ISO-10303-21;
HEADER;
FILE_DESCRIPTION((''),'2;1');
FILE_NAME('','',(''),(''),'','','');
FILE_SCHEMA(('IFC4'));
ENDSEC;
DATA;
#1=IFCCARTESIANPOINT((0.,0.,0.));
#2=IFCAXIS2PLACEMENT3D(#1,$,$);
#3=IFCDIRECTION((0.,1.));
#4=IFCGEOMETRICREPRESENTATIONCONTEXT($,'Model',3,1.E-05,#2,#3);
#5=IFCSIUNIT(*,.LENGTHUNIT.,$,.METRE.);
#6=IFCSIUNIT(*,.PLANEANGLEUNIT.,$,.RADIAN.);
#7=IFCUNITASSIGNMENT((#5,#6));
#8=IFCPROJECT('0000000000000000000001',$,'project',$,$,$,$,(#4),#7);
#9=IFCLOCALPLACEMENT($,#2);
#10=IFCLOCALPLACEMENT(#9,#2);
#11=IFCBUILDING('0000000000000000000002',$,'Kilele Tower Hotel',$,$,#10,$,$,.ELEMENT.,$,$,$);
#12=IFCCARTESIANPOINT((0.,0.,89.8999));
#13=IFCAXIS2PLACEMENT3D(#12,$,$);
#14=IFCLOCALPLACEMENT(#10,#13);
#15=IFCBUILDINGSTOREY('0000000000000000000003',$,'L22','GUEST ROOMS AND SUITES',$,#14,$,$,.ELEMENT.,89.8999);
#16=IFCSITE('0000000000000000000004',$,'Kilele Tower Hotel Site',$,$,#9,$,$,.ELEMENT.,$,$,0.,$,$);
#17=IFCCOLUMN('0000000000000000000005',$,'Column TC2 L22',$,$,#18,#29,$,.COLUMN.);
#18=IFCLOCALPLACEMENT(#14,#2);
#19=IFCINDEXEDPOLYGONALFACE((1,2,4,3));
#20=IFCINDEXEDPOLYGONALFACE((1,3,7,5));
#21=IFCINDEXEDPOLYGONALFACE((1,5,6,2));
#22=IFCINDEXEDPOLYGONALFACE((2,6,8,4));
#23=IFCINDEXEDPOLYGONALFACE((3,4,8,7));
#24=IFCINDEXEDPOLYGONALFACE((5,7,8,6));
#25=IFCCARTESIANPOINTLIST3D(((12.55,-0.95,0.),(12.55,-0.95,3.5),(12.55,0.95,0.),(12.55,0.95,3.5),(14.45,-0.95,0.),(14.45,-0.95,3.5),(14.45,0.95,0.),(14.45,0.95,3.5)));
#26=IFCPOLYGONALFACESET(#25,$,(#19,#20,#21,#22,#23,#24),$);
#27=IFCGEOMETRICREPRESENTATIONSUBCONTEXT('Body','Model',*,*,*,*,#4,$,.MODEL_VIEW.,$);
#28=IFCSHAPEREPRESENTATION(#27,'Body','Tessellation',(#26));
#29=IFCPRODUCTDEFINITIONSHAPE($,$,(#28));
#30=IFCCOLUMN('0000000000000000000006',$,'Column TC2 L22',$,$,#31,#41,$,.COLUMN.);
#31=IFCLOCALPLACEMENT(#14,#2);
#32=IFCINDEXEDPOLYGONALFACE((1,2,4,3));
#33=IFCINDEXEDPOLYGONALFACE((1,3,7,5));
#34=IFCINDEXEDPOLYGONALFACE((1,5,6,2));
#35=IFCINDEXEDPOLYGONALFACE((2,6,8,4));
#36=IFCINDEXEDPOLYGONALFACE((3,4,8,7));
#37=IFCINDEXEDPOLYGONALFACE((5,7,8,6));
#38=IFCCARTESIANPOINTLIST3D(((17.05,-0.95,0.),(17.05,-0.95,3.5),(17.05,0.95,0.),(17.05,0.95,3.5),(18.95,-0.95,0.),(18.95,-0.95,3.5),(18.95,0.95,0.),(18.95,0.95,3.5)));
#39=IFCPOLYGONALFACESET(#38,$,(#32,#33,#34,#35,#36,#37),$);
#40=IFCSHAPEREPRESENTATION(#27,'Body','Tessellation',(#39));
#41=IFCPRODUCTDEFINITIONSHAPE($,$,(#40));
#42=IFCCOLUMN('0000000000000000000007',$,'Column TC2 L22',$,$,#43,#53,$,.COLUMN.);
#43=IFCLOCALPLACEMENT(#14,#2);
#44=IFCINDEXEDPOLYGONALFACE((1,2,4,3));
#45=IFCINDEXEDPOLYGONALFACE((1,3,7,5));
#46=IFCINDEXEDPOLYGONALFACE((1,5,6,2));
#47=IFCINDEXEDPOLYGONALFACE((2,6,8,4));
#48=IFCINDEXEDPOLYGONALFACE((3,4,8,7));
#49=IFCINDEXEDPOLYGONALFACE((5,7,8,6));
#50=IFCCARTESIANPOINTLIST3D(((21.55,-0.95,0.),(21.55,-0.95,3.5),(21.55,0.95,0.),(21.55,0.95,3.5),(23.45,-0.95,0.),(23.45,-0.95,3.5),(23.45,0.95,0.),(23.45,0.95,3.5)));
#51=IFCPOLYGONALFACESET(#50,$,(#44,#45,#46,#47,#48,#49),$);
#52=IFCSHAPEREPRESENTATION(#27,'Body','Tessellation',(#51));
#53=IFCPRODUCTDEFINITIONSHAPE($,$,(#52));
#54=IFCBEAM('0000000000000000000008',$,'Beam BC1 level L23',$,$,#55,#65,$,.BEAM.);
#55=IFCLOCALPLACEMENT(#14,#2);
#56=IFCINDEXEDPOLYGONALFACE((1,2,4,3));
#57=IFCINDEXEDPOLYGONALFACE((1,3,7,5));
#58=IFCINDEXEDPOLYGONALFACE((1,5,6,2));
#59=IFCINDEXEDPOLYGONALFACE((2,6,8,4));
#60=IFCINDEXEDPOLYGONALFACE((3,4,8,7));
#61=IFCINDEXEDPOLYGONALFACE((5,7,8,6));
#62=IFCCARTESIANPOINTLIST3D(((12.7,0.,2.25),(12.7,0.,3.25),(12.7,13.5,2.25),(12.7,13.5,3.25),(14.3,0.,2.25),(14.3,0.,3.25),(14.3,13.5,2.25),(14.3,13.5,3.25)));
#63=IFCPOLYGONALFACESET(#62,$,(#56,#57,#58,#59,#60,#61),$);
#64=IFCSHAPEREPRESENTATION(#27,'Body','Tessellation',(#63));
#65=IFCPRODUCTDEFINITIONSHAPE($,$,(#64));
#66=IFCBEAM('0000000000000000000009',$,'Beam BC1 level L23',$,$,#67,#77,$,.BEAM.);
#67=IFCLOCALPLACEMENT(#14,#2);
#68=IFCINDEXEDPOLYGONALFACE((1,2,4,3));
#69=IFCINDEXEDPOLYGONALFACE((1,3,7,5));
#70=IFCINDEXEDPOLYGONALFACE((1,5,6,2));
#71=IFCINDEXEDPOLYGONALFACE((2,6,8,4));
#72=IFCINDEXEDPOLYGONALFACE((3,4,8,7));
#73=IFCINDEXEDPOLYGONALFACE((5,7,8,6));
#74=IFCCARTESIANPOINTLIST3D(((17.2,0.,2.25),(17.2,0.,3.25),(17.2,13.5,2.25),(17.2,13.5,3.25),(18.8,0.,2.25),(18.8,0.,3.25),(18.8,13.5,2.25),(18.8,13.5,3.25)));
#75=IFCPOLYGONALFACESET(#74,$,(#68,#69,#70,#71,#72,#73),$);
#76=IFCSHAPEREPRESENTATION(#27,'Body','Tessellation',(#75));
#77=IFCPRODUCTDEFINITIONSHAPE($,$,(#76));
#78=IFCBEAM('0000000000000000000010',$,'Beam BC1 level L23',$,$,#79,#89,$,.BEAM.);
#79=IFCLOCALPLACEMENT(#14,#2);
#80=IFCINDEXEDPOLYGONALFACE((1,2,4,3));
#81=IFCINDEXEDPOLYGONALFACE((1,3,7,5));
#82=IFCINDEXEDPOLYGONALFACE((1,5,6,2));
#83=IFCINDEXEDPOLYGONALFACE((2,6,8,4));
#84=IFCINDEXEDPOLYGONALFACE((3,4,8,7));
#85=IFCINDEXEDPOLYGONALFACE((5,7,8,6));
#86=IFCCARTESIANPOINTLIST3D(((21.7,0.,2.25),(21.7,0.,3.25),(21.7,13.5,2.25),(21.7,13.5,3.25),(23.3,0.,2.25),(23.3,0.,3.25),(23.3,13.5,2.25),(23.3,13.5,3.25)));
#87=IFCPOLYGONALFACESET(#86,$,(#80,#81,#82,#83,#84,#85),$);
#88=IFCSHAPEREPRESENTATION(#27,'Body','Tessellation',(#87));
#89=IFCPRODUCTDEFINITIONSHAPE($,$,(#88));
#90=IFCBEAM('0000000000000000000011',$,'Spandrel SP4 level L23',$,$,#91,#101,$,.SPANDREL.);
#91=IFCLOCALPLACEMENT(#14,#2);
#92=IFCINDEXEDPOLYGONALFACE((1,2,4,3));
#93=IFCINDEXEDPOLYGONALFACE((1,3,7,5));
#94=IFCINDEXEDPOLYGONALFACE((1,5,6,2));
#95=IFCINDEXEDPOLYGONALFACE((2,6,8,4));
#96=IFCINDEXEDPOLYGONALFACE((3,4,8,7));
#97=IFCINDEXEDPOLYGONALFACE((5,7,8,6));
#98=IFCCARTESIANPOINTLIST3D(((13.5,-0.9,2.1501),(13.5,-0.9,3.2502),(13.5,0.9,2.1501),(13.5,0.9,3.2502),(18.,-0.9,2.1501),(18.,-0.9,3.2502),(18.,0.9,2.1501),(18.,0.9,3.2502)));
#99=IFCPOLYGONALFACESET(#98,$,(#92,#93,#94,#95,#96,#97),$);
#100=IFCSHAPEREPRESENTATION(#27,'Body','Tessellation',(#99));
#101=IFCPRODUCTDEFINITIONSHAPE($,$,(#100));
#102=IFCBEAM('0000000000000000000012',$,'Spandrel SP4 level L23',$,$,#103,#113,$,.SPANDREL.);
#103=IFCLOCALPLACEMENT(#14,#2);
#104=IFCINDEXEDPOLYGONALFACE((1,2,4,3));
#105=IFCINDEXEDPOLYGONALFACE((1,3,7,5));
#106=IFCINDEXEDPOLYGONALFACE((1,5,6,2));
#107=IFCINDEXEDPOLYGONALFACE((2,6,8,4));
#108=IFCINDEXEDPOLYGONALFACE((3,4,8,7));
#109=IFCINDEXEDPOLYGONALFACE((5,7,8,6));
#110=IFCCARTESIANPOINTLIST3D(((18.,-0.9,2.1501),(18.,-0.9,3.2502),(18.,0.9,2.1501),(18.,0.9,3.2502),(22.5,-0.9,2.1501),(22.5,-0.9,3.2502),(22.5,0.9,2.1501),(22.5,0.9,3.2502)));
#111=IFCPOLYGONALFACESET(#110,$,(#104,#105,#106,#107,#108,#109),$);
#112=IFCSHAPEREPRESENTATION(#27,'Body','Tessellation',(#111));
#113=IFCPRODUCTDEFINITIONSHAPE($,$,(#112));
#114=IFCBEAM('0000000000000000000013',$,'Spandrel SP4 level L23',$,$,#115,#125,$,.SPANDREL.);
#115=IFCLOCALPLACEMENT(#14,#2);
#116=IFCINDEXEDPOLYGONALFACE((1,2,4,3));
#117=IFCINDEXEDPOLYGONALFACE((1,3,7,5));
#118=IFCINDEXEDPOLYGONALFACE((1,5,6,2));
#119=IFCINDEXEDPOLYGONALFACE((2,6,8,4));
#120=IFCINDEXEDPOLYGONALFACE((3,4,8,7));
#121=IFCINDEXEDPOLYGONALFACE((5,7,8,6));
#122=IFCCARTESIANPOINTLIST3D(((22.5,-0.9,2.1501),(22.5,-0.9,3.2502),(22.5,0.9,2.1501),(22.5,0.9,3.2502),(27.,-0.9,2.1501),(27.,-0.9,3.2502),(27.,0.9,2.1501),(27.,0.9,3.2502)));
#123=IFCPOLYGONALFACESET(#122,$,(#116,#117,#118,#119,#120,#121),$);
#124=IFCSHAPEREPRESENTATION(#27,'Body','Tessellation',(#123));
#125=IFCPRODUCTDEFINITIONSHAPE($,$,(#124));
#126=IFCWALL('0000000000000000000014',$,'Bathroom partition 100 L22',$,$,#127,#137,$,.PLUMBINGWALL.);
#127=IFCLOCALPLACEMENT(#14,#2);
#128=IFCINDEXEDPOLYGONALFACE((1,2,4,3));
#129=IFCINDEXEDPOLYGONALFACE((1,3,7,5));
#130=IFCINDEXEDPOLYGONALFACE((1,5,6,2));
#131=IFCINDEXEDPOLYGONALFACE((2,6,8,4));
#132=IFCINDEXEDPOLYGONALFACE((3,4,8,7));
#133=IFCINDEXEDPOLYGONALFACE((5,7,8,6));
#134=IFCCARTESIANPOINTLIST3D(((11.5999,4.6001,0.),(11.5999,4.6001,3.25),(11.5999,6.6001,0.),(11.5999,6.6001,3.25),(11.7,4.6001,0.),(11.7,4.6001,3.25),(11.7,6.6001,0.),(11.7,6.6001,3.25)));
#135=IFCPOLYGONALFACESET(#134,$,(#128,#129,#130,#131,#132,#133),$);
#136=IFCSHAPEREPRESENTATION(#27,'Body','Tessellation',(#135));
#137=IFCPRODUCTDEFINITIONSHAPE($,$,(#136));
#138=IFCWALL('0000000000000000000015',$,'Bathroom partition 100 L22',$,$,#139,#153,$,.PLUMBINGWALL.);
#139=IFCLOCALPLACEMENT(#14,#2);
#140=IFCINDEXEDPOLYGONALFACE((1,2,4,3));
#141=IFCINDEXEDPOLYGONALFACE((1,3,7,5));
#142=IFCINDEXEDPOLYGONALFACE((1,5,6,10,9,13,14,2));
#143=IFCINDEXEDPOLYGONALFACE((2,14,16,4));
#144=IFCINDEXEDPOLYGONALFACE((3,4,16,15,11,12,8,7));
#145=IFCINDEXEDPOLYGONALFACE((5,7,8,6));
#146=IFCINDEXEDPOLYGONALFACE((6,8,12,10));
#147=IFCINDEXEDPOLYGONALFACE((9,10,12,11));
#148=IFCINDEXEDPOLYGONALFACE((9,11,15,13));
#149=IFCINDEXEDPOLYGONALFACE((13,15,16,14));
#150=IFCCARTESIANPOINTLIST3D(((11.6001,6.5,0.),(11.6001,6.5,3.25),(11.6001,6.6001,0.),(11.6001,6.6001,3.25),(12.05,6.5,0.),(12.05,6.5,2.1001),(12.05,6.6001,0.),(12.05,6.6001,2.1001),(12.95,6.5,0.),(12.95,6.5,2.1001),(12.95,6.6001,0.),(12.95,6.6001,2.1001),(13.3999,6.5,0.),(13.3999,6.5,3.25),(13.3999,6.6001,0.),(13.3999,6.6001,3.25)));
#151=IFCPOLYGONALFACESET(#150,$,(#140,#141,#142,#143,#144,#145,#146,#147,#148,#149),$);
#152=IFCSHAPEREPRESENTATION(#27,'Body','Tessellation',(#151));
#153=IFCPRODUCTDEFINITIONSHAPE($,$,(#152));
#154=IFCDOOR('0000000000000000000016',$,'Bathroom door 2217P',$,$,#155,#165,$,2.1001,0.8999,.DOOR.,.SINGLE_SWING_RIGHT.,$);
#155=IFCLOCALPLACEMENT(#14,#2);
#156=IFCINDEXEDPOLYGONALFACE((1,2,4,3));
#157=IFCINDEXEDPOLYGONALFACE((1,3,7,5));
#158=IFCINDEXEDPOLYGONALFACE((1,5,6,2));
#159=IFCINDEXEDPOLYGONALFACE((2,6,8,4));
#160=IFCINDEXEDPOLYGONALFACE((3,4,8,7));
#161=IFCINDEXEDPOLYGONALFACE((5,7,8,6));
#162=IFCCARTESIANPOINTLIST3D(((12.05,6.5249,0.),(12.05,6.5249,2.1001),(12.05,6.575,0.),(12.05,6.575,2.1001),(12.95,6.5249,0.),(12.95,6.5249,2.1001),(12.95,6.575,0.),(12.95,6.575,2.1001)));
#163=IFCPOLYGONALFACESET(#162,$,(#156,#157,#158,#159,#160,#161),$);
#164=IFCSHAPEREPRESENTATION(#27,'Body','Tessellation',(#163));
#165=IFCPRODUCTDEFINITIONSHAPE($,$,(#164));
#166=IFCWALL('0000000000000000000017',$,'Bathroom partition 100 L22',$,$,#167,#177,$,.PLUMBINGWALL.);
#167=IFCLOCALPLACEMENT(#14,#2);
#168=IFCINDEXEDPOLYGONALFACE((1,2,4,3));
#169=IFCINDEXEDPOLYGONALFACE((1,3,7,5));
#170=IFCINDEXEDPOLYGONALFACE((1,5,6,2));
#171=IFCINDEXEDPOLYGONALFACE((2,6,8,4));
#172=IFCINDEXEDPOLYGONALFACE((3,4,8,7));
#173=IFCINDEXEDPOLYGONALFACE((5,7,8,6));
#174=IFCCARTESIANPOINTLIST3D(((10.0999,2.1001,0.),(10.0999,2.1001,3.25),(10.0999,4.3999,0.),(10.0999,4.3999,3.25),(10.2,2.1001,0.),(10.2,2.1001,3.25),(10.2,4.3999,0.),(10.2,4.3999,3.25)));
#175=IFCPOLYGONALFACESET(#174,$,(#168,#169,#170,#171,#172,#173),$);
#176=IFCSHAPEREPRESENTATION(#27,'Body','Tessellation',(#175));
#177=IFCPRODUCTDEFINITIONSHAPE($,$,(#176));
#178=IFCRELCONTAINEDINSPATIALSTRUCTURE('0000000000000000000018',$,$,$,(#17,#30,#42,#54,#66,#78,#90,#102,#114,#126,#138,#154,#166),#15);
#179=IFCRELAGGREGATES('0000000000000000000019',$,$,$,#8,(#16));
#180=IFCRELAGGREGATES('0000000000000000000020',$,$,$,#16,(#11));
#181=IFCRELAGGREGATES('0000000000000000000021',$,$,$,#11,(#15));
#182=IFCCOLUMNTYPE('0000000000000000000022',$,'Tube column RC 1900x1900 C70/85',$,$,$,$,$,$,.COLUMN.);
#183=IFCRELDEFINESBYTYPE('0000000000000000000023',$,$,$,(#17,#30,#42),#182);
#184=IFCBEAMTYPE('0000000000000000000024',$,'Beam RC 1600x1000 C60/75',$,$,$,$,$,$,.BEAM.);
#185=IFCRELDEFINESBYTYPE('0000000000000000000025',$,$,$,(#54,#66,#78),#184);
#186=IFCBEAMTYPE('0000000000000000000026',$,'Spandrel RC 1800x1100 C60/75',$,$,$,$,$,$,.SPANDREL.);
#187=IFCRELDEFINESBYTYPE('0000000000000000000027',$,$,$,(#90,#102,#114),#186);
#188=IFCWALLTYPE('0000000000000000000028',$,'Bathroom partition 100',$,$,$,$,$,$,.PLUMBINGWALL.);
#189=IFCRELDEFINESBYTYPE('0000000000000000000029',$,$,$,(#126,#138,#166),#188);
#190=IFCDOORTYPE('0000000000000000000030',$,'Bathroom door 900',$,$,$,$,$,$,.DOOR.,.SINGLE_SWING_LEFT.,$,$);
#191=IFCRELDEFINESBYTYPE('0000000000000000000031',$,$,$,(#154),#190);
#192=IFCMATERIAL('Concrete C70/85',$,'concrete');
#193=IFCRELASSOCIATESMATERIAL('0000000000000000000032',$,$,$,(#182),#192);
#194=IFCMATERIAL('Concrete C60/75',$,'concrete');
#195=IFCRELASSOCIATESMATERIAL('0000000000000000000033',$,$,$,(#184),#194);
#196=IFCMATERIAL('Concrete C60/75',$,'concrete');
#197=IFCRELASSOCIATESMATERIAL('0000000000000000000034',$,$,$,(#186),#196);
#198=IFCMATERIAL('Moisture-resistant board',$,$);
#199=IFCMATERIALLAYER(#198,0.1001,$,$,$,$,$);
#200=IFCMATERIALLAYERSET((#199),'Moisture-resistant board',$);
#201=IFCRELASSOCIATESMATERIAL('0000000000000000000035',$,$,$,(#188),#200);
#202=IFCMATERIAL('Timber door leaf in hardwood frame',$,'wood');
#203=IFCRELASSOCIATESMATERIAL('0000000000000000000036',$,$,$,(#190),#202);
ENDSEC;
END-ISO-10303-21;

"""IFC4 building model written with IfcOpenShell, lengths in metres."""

from ifc_helpers import new_model, si_unit, direction, frame, frame_2d, origin, origin_2d, place, context, subcontext, project, spatial, rectangle, extrude, material, layer, layer_set, material_profile, profile_set, type_object, element, fill, save


model = new_model("IFC4")

# Units and contexts
model_context = context("Model", 3, precision=1e-05, world=origin(), true_north=direction((0.0, 1.0)))
body_context = subcontext(model_context, "Body", "Model", "MODEL_VIEW")
ifc_project = project(units=[si_unit("LENGTHUNIT", "METRE"), si_unit("PLANEANGLEUNIT", "RADIAN")], contexts=[model_context])

# Site, building, storey
site_placement = place(None, origin())
site = spatial("IfcSite", under=ifc_project, at=site_placement, Name="Kilele Tower Hotel Site", CompositionType="ELEMENT", RefElevation=0.0)
building_placement = place(site_placement, origin())
building = spatial("IfcBuilding", under=site, at=building_placement, Name="Kilele Tower Hotel", CompositionType="ELEMENT")
storey_placement = place(building_placement, frame((0.0, 0.0, 89.8999)))
storey = spatial("IfcBuildingStorey", under=building, at=storey_placement, Name="L22", Description="GUEST ROOMS AND SUITES", CompositionType="ELEMENT", Elevation=89.8999)

# Columns
ifc_material_1 = material(Name="Concrete C70/85", Category="concrete")
ifc_material_profile_1 = material_profile(ifc_material_1, rectangle(XDim=1.8999, YDim=1.8999, at=origin_2d()))
ifc_profile_set_1 = profile_set([ifc_material_profile_1], Name="Concrete C70/85")
column_type = type_object("IfcColumnType", Name="Tube column RC 1900x1900 C70/85", PredefinedType="COLUMN", material=ifc_profile_set_1)
for number, where, z_axis, x_axis, name in (
    (1, (13.5, 0.0, 0.0), (0.0, 0.0, 1.0), (1.0, 0.0, 0.0), "Column TC2 L22"),
    (2, (18.0, 0.0, 0.0), (0.0, 0.0, 1.0), (1.0, 0.0, 0.0), "Column TC2 L22"),
    (3, (22.5, 0.0, 0.0), (0.0, 0.0, 1.0), (1.0, 0.0, 0.0), "Column TC2 L22"),
):
    element("IfcColumn", number, at=place(storey_placement, frame(where, z_axis=z_axis, x_axis=x_axis)), inside=storey, type_object=column_type, Name=name, PredefinedType="COLUMN", context=body_context, shape_type="SweptSolid", body=[
        extrude(rectangle(XDim=1.8999, YDim=1.8999, at=origin_2d()), origin(), (0.0, 0.0, 1.0), 3.5),
    ])

# Beams
ifc_material_2 = material(Name="Concrete C60/75", Category="concrete")
ifc_material_profile_2 = material_profile(ifc_material_2, rectangle(XDim=1.6001, YDim=1.0, at=origin_2d()))
ifc_profile_set_2 = profile_set([ifc_material_profile_2], Name="Concrete C60/75")
beam_type_1 = type_object("IfcBeamType", Name="Beam RC 1600x1000 C60/75", PredefinedType="BEAM", material=ifc_profile_set_2)
for number, where, z_axis, x_axis, name in (
    (4, (13.5, 0.0, 2.75), (0.0, 1.0, 0.0), (-1.0, 0.0, 0.0), "Beam BC1 level L23"),
    (5, (18.0, 0.0, 2.75), (0.0, 1.0, 0.0), (-1.0, 0.0, 0.0), "Beam BC1 level L23"),
    (6, (22.5, 0.0, 2.75), (0.0, 1.0, 0.0), (-1.0, 0.0, 0.0), "Beam BC1 level L23"),
):
    element("IfcBeam", number, at=place(storey_placement, frame(where, z_axis=z_axis, x_axis=x_axis)), inside=storey, type_object=beam_type_1, Name=name, PredefinedType="BEAM", context=body_context, shape_type="SweptSolid", body=[
        extrude(rectangle(XDim=1.6001, YDim=1.0, at=origin_2d()), origin(), (0.0, 0.0, 1.0), 13.5),
    ])
ifc_material_3 = material(Name="Concrete C60/75", Category="concrete")
ifc_material_profile_3 = material_profile(ifc_material_3, rectangle(XDim=1.8, YDim=1.1001, at=origin_2d()))
ifc_profile_set_3 = profile_set([ifc_material_profile_3], Name="Concrete C60/75")
beam_type_2 = type_object("IfcBeamType", Name="Spandrel RC 1800x1100 C60/75", PredefinedType="SPANDREL", material=ifc_profile_set_3)
for number, where, z_axis, x_axis, name in (
    (7, (13.5, 0.0, 2.7002), (1.0, 0.0, 0.0), (0.0, 1.0, 0.0), "Spandrel SP4 level L23"),
    (8, (18.0, 0.0, 2.7002), (1.0, 0.0, 0.0), (0.0, 1.0, 0.0), "Spandrel SP4 level L23"),
    (9, (22.5, 0.0, 2.7002), (1.0, 0.0, 0.0), (0.0, 1.0, 0.0), "Spandrel SP4 level L23"),
):
    element("IfcBeam", number, at=place(storey_placement, frame(where, z_axis=z_axis, x_axis=x_axis)), inside=storey, type_object=beam_type_2, Name=name, PredefinedType="SPANDREL", context=body_context, shape_type="SweptSolid", body=[
        extrude(rectangle(XDim=1.8, YDim=1.1001, at=origin_2d()), origin(), (0.0, 0.0, 1.0), 4.5),
    ])

# Wall
ifc_material_4 = material(Name="Moisture-resistant board")
ifc_layer_1 = layer(ifc_material_4, 0.1001)
ifc_layer_set_1 = layer_set([ifc_layer_1], Name="Moisture-resistant board")
wall_type_1 = type_object("IfcWallType", Name="Bathroom partition 100", PredefinedType="PLUMBINGWALL", material=ifc_layer_set_1)
wall_1_placement = place(storey_placement, frame((11.6499, 4.6001, 0.0), z_axis=(0.0, 0.0, 1.0), x_axis=(0.0, 1.0, 0.0)))
element("IfcWall", 10, at=wall_1_placement, inside=storey, type_object=wall_type_1, Name="Bathroom partition 100 L22", PredefinedType="PLUMBINGWALL", context=body_context, shape_type="SweptSolid", body=[
    extrude(rectangle(XDim=2.0, YDim=0.1001, at=frame_2d((1.0, 0.0))), origin(), (0.0, 0.0, 1.0), 3.25),
])

# Wall, opening, door
wall_2_placement = place(storey_placement, frame((13.3999, 6.55, 0.0), z_axis=(0.0, 0.0, 1.0), x_axis=(-1.0, 0.0, 0.0)))
wall_2 = element("IfcWall", 11, at=wall_2_placement, inside=storey, type_object=wall_type_1, Name="Bathroom partition 100 L22", PredefinedType="PLUMBINGWALL", context=body_context, shape_type="SweptSolid", body=[
    extrude(rectangle(XDim=1.7998, YDim=0.1001, at=frame_2d((0.8999, 0.0))), origin(), (0.0, 0.0, 1.0), 3.25),
])
opening_1_placement = place(wall_2_placement, frame((1.3499, 0.0, 0.0), z_axis=(0.0, 0.0, 1.0), x_axis=(-1.0, 0.0, 0.0)))
opening_1 = element("IfcOpeningElement", 12, at=opening_1_placement, cuts=wall_2, PredefinedType="OPENING", context=body_context, shape_type="SweptSolid", body=[
    extrude(rectangle(XDim=0.8999, YDim=2.1001, at=frame_2d((0.45, 1.05))), frame((0.0, 0.0601, 0.0), z_axis=(0.0, -1.0, 0.0), x_axis=(1.0, 0.0, 0.0)), (0.0, 0.0, 1.0), 0.1201),
])
ifc_material_5 = material(Name="Timber door leaf in hardwood frame", Category="wood")
door_type_1 = type_object("IfcDoorType", Name="Bathroom door 900", OperationType="SINGLE_SWING_LEFT", PredefinedType="DOOR", material=ifc_material_5)
door_1_placement = place(opening_1_placement, origin())
door_1 = element("IfcDoor", 13, at=door_1_placement, inside=storey, type_object=door_type_1, Name="Bathroom door 2217P", OperationType="SINGLE_SWING_RIGHT", OverallHeight=2.1001, OverallWidth=0.8999, PredefinedType="DOOR", context=body_context, shape_type="SweptSolid", body=[
    extrude(rectangle(XDim=0.8999, YDim=2.1001, at=frame_2d((0.45, 1.05))), frame((0.0, 0.0249, 0.0), z_axis=(0.0, -1.0, 0.0), x_axis=(1.0, 0.0, 0.0)), (0.0, 0.0, 1.0), 0.05),
])
fill(opening_1, door_1)

# Wall
wall_3_placement = place(storey_placement, frame((10.1499, 4.3999, 0.0), z_axis=(0.0, 0.0, 1.0), x_axis=(0.0, -1.0, 0.0)))
element("IfcWall", 14, at=wall_3_placement, inside=storey, type_object=wall_type_1, Name="Bathroom partition 100 L22", PredefinedType="PLUMBINGWALL", context=body_context, shape_type="SweptSolid", body=[
    extrude(rectangle(XDim=2.2998, YDim=0.1001, at=frame_2d((1.1499, 0.0))), origin(), (0.0, 0.0, 1.0), 3.25),
])

save(model, "model.ifc")
